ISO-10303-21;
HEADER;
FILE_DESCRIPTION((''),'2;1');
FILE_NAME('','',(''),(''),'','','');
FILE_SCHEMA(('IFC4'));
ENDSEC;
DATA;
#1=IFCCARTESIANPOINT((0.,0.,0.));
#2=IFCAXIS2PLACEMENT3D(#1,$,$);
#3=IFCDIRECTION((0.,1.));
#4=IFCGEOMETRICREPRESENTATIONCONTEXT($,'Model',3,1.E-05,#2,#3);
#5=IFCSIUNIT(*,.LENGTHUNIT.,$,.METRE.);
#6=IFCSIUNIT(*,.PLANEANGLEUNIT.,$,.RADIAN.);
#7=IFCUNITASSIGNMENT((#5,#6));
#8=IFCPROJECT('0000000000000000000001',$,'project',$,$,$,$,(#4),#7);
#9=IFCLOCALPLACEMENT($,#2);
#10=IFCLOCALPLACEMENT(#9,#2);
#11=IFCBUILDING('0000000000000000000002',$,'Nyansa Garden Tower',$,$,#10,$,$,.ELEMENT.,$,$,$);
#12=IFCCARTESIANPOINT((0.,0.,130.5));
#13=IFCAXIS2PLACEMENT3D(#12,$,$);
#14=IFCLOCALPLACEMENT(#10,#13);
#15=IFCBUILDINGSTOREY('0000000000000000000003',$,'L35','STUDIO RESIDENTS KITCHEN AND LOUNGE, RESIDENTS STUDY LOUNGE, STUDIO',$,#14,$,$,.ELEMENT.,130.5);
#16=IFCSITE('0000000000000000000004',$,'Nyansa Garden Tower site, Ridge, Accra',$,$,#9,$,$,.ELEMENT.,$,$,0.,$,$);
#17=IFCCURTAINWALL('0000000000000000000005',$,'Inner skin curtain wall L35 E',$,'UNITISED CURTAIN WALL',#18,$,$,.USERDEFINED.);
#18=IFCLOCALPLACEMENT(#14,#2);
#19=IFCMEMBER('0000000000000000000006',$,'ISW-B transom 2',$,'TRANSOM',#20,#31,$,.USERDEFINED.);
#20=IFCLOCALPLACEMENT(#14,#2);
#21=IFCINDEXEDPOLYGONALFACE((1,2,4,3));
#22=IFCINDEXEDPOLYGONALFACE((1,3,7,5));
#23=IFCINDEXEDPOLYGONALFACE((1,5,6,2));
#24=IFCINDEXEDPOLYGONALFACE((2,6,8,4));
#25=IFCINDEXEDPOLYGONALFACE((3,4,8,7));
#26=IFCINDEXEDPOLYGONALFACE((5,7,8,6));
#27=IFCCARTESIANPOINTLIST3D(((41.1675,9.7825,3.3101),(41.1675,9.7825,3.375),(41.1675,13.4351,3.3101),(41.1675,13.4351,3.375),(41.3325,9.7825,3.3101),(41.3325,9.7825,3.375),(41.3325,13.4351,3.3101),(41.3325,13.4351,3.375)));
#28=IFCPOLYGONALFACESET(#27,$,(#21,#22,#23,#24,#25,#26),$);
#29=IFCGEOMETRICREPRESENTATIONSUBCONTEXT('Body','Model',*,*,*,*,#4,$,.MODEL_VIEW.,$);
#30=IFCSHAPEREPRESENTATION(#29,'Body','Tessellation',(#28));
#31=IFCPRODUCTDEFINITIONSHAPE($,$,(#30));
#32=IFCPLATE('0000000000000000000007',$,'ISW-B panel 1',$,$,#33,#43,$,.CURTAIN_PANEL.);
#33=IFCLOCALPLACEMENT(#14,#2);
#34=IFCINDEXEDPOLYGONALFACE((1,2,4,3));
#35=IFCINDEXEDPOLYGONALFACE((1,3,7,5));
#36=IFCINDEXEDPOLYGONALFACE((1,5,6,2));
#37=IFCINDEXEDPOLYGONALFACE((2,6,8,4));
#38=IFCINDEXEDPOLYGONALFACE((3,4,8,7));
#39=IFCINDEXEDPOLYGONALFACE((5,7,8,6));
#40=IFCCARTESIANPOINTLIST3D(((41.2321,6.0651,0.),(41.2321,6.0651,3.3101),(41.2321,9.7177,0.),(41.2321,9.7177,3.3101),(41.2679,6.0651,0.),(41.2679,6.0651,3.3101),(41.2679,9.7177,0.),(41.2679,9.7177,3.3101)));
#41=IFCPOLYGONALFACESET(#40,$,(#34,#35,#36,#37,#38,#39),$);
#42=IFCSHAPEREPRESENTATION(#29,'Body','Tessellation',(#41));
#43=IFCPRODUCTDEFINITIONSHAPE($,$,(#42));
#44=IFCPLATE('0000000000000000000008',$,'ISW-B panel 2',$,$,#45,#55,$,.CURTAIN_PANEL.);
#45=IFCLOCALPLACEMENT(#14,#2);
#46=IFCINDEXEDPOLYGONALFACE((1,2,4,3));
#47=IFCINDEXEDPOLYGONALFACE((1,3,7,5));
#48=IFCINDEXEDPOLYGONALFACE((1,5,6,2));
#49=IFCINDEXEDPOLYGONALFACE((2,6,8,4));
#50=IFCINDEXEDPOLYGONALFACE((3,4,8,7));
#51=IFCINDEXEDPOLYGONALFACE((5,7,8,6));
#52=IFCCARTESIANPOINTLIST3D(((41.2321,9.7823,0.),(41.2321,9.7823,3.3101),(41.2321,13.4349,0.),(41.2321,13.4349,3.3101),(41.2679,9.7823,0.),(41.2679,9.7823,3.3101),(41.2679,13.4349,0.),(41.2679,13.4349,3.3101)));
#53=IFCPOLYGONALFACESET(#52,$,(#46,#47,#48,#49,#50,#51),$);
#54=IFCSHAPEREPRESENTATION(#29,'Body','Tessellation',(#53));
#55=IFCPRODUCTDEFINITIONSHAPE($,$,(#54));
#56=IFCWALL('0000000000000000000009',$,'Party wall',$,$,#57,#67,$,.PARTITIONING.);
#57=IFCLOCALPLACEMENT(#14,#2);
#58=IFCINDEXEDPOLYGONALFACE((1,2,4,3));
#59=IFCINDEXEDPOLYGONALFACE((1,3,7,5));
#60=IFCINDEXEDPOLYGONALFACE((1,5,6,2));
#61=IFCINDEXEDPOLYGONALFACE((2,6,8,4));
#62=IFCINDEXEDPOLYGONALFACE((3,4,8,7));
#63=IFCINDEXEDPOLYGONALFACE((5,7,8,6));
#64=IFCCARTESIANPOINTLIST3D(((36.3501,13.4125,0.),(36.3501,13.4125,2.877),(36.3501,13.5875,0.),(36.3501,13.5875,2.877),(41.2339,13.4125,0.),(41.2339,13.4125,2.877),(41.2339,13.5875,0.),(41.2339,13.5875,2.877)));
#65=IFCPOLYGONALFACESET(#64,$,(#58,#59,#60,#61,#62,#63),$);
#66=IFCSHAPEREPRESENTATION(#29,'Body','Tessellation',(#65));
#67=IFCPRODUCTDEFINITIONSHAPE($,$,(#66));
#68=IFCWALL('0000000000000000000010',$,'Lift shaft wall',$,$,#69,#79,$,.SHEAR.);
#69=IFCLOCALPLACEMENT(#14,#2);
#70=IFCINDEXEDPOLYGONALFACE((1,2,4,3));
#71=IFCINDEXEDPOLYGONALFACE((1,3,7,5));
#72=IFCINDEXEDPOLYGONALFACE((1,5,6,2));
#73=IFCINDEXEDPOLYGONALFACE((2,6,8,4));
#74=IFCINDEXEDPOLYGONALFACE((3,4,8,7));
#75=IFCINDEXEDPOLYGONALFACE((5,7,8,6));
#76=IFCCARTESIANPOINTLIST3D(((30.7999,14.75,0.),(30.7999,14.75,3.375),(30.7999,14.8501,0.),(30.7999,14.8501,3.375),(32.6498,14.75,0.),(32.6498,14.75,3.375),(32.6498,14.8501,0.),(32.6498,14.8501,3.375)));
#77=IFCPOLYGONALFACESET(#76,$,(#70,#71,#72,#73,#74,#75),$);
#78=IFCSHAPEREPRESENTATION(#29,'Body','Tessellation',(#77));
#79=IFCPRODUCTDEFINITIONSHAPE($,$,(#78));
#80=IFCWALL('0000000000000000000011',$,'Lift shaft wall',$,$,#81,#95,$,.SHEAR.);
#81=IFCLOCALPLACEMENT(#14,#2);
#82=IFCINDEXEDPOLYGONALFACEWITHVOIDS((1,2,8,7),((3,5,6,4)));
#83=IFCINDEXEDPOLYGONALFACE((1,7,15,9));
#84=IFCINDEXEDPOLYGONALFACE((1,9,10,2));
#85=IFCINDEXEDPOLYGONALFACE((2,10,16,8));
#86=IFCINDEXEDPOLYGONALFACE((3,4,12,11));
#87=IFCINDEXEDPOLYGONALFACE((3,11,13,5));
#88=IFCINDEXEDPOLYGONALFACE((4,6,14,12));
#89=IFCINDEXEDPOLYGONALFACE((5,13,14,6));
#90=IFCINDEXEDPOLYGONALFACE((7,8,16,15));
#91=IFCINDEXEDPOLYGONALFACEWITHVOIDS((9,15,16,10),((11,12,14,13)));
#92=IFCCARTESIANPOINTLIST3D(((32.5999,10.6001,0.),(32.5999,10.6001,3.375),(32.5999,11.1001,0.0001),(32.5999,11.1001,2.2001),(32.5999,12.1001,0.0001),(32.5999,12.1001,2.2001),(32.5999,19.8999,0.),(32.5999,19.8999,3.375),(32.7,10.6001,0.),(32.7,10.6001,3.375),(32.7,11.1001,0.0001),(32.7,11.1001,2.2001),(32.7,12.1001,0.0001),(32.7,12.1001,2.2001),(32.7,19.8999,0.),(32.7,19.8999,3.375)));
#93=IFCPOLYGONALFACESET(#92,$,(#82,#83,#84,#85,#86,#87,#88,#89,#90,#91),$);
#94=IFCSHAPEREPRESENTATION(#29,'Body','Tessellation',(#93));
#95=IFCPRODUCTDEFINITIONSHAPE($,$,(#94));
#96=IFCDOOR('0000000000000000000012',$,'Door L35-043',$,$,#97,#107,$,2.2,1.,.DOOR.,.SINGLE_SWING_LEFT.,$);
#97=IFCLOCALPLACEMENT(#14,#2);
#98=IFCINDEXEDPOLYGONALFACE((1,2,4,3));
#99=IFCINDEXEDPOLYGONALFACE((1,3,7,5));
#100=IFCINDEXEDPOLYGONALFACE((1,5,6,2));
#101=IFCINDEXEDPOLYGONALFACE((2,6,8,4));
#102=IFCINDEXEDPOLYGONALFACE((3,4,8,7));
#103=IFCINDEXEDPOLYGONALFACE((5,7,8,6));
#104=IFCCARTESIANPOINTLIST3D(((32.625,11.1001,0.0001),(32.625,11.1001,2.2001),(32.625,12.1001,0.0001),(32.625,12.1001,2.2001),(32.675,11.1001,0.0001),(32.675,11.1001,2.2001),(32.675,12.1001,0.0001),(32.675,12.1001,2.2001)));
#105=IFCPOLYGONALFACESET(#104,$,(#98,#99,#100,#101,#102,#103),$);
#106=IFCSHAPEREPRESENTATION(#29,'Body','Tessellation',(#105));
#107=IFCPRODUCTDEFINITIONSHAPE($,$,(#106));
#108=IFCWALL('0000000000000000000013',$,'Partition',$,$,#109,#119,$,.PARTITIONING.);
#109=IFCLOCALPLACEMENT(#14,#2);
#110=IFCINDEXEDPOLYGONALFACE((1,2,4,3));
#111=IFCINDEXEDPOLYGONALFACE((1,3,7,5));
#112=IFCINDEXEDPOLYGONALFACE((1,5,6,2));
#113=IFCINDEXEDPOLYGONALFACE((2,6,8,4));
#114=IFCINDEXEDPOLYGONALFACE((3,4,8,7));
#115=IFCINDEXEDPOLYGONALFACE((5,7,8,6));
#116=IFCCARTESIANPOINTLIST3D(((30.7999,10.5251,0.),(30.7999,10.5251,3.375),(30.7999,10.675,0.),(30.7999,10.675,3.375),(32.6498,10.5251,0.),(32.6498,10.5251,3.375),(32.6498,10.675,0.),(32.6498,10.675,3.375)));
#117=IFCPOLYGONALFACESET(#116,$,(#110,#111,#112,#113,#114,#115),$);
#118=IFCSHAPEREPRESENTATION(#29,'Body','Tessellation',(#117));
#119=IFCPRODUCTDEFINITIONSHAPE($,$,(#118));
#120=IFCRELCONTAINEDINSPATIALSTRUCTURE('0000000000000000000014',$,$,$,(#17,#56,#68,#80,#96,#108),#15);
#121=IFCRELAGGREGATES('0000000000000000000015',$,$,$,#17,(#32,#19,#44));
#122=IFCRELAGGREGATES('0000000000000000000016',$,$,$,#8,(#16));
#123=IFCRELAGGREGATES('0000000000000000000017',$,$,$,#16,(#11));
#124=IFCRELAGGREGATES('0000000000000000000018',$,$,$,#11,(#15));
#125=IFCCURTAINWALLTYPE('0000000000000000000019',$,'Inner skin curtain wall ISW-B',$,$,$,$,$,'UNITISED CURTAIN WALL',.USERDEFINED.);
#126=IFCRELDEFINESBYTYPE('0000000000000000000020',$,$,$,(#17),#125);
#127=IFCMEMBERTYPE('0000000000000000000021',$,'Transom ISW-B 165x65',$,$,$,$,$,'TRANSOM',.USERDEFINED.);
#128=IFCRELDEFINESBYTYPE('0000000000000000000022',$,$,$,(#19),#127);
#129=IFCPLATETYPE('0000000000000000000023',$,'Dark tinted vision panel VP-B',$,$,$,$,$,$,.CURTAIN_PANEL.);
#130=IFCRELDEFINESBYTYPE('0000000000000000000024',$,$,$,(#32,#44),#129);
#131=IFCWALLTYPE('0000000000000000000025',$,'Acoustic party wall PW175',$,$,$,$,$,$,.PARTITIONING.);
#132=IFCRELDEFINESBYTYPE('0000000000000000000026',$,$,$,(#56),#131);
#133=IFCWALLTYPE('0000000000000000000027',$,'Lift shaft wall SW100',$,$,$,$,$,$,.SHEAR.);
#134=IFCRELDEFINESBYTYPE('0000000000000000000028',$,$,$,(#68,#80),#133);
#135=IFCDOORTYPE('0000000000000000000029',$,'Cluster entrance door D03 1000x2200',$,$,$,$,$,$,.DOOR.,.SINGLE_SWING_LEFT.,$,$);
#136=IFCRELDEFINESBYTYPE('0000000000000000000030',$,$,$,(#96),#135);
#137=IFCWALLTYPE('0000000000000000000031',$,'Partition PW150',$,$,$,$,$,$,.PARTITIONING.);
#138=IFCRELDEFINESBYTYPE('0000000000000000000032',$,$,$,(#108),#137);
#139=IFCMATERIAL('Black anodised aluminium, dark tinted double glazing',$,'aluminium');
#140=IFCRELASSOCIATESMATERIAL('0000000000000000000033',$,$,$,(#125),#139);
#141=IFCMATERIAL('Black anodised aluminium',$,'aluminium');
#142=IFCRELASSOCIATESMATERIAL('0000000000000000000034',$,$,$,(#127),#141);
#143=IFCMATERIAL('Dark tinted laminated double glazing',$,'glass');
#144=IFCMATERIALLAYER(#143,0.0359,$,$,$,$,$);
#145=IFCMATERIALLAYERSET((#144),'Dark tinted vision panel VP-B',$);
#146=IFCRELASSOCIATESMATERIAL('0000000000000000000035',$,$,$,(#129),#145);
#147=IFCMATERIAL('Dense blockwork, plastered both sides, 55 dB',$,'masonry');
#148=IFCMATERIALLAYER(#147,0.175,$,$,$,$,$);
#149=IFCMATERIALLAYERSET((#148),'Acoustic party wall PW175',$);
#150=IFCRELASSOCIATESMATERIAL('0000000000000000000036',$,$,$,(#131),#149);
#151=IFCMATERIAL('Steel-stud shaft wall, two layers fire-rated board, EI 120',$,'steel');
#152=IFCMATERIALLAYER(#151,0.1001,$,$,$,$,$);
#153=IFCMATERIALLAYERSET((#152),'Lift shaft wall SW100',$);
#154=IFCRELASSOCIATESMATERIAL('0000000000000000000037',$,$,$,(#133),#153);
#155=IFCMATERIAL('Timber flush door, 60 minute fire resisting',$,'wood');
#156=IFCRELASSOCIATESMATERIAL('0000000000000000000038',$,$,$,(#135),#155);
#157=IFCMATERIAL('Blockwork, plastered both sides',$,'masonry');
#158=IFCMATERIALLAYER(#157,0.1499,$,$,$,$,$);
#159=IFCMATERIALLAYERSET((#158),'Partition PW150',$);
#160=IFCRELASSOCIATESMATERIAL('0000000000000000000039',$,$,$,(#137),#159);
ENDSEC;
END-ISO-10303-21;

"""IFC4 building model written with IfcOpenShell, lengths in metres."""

from ifc_helpers import new_model, si_unit, direction, frame, frame_2d, origin, origin_2d, place, context, subcontext, project, spatial, rectangle, extrude, material, layer, layer_set, material_profile, profile_set, type_object, element, fill, aggregate, save


model = new_model("IFC4")

# Units and contexts
model_context = context("Model", 3, precision=1e-05, world=origin(), true_north=direction((0.0, 1.0)))
body_context = subcontext(model_context, "Body", "Model", "MODEL_VIEW")
ifc_project = project(units=[si_unit("LENGTHUNIT", "METRE"), si_unit("PLANEANGLEUNIT", "RADIAN")], contexts=[model_context])

# Site, building, storey
site_placement = place(None, origin())
site = spatial("IfcSite", under=ifc_project, at=site_placement, Name="Nyansa Garden Tower site, Ridge, Accra", CompositionType="ELEMENT", RefElevation=0.0)
building_placement = place(site_placement, origin())
building = spatial("IfcBuilding", under=site, at=building_placement, Name="Nyansa Garden Tower", CompositionType="ELEMENT")
storey_placement = place(building_placement, frame((0.0, 0.0, 130.5)))
storey = spatial("IfcBuildingStorey", under=building, at=storey_placement, Name="L35", Description="STUDIO RESIDENTS KITCHEN AND LOUNGE, RESIDENTS STUDY LOUNGE, STUDIO", CompositionType="ELEMENT", Elevation=130.5)

# Curtain wall
ifc_material_1 = material(Name="Black anodised aluminium, dark tinted double glazing", Category="aluminium")
curtain_wall_type = type_object("IfcCurtainWallType", Name="Inner skin curtain wall ISW-B", ElementType="UNITISED CURTAIN WALL", PredefinedType="USERDEFINED", material=ifc_material_1)
curtain_wall_placement = place(storey_placement, origin())
curtain_wall = element("IfcCurtainWall", 1, at=curtain_wall_placement, inside=storey, type_object=curtain_wall_type, Name="Inner skin curtain wall L35 E", ObjectType="UNITISED CURTAIN WALL", PredefinedType="USERDEFINED")

# Member
ifc_material_2 = material(Name="Black anodised aluminium", Category="aluminium")
ifc_material_profile_1 = material_profile(ifc_material_2, rectangle(XDim=0.165, YDim=0.0649, at=origin_2d()), Name="Transom 165x65")
ifc_profile_set_1 = profile_set([ifc_material_profile_1], Name="Black anodised aluminium")
member_type_1 = type_object("IfcMemberType", Name="Transom ISW-B 165x65", ElementType="TRANSOM", PredefinedType="USERDEFINED", material=ifc_profile_set_1)
member_1_placement = place(storey_placement, frame((41.25, 9.7825, 3.3425), z_axis=(0.0, 1.0, 0.0), x_axis=(-1.0, 0.0, 0.0)))
member_1 = element("IfcMember", 2, at=member_1_placement, type_object=member_type_1, Name="ISW-B transom 2", ObjectType="TRANSOM", PredefinedType="USERDEFINED", context=body_context, shape_type="SweptSolid", body=[
    extrude(rectangle(XDim=0.165, YDim=0.0649, at=origin_2d()), origin(), (0.0, 0.0, 1.0), 3.6526),
])

# Plates
ifc_material_3 = material(Name="Dark tinted laminated double glazing", Category="glass")
ifc_layer_1 = layer(ifc_material_3, 0.0359)
ifc_layer_set_1 = layer_set([ifc_layer_1], Name="Dark tinted vision panel VP-B")
plate_type = type_object("IfcPlateType", Name="Dark tinted vision panel VP-B", PredefinedType="CURTAIN_PANEL", material=ifc_layer_set_1)
plate_1_placement = place(storey_placement, frame((41.25, 7.8914, 0.0), z_axis=(0.0, 0.0, 1.0), x_axis=(0.0, 1.0, 0.0)))
plate_1 = element("IfcPlate", 3, at=plate_1_placement, type_object=plate_type, Name="ISW-B panel 1", PredefinedType="CURTAIN_PANEL", context=body_context, shape_type="SweptSolid", body=[
    extrude(rectangle(XDim=3.6526, YDim=0.0359, at=origin_2d()), origin(), (0.0, 0.0, 1.0), 3.3101),
])
plate_2_placement = place(storey_placement, frame((41.25, 11.6086, 0.0), z_axis=(0.0, 0.0, 1.0), x_axis=(0.0, 1.0, 0.0)))
plate_2 = element("IfcPlate", 4, at=plate_2_placement, type_object=plate_type, Name="ISW-B panel 2", PredefinedType="CURTAIN_PANEL", context=body_context, shape_type="SweptSolid", body=[
    extrude(rectangle(XDim=3.6526, YDim=0.0359, at=origin_2d()), origin(), (0.0, 0.0, 1.0), 3.3101),
])
aggregate(curtain_wall, [plate_1, member_1, plate_2])

# Walls
ifc_material_4 = material(Name="Dense blockwork, plastered both sides, 55 dB", Category="masonry")
ifc_layer_2 = layer(ifc_material_4, 0.175)
ifc_layer_set_2 = layer_set([ifc_layer_2], Name="Acoustic party wall PW175")
wall_type_1 = type_object("IfcWallType", Name="Acoustic party wall PW175", PredefinedType="PARTITIONING", material=ifc_layer_set_2)
wall_1_placement = place(storey_placement, frame((36.3501, 13.5, 0.0), z_axis=(0.0, 0.0, 1.0), x_axis=(1.0, 0.0, 0.0)))
element("IfcWall", 5, at=wall_1_placement, inside=storey, type_object=wall_type_1, Name="Party wall", PredefinedType="PARTITIONING", context=body_context, shape_type="SweptSolid", body=[
    extrude(rectangle(XDim=4.8838, YDim=0.175, at=frame_2d((2.4419, 0.0))), origin(), (0.0, 0.0, 1.0), 2.877),
])
ifc_material_5 = material(Name="Steel-stud shaft wall, two layers fire-rated board, EI 120", Category="steel")
ifc_layer_3 = layer(ifc_material_5, 0.1001)
ifc_layer_set_3 = layer_set([ifc_layer_3], Name="Lift shaft wall SW100")
wall_type_2 = type_object("IfcWallType", Name="Lift shaft wall SW100", PredefinedType="SHEAR", material=ifc_layer_set_3)
wall_2_placement = place(storey_placement, frame((30.8, 14.8, 0.0), z_axis=(0.0, 0.0, 1.0), x_axis=(1.0, 0.0, 0.0)))
element("IfcWall", 6, at=wall_2_placement, inside=storey, type_object=wall_type_2, Name="Lift shaft wall", PredefinedType="SHEAR", context=body_context, shape_type="SweptSolid", body=[
    extrude(rectangle(XDim=1.8499, YDim=0.1001, at=frame_2d((0.9248, 0.0))), origin(), (0.0, 0.0, 1.0), 3.375),
])

# Wall, opening, door
wall_3_placement = place(storey_placement, frame((32.6499, 10.6001, 0.0), z_axis=(0.0, 0.0, 1.0), x_axis=(0.0, 1.0, 0.0)))
wall_3 = element("IfcWall", 7, at=wall_3_placement, inside=storey, type_object=wall_type_2, Name="Lift shaft wall", PredefinedType="SHEAR", context=body_context, shape_type="SweptSolid", body=[
    extrude(rectangle(XDim=9.2998, YDim=0.1001, at=frame_2d((4.6499, 0.0))), origin(), (0.0, 0.0, 1.0), 3.375),
])
opening_1_placement = place(wall_3_placement, frame((0.5, 0.0, 0.0)))
opening_1 = element("IfcOpeningElement", 8, at=opening_1_placement, cuts=wall_3, PredefinedType="OPENING", context=body_context, shape_type="SweptSolid", body=[
    extrude(rectangle(XDim=1.0, YDim=2.2, at=frame_2d((0.5, 1.1001))), frame((0.0, 0.0601, 0.0), z_axis=(0.0, -1.0, 0.0), x_axis=(1.0, 0.0, 0.0)), (0.0, 0.0, 1.0), 0.1201),
])
ifc_material_6 = material(Name="Timber flush door, 60 minute fire resisting", Category="wood")
door_type_1 = type_object("IfcDoorType", Name="Cluster entrance door D03 1000x2200", OperationType="SINGLE_SWING_LEFT", PredefinedType="DOOR", material=ifc_material_6)
door_1_placement = place(opening_1_placement, origin())
door_1 = element("IfcDoor", 9, at=door_1_placement, inside=storey, type_object=door_type_1, Name="Door L35-043", OperationType="SINGLE_SWING_LEFT", OverallHeight=2.2, OverallWidth=1.0, PredefinedType="DOOR", context=body_context, shape_type="SweptSolid", body=[
    extrude(rectangle(XDim=1.0, YDim=2.2, at=frame_2d((0.5, 1.1001))), frame((0.0, 0.0249, 0.0), z_axis=(0.0, -1.0, 0.0), x_axis=(1.0, 0.0, 0.0)), (0.0, 0.0, 1.0), 0.05),
])
fill(opening_1, door_1)

# Wall
ifc_material_7 = material(Name="Blockwork, plastered both sides", Category="masonry")
ifc_layer_4 = layer(ifc_material_7, 0.1499)
ifc_layer_set_4 = layer_set([ifc_layer_4], Name="Partition PW150")
wall_type_3 = type_object("IfcWallType", Name="Partition PW150", PredefinedType="PARTITIONING", material=ifc_layer_set_4)
wall_4_placement = place(storey_placement, frame((30.8, 10.6001, 0.0), z_axis=(0.0, 0.0, 1.0), x_axis=(1.0, 0.0, 0.0)))
element("IfcWall", 10, at=wall_4_placement, inside=storey, type_object=wall_type_3, Name="Partition", PredefinedType="PARTITIONING", context=body_context, shape_type="SweptSolid", body=[
    extrude(rectangle(XDim=1.8499, YDim=0.1499, at=frame_2d((0.9248, 0.0))), origin(), (0.0, 0.0, 1.0), 3.375),
])

save(model, "model.ifc")
